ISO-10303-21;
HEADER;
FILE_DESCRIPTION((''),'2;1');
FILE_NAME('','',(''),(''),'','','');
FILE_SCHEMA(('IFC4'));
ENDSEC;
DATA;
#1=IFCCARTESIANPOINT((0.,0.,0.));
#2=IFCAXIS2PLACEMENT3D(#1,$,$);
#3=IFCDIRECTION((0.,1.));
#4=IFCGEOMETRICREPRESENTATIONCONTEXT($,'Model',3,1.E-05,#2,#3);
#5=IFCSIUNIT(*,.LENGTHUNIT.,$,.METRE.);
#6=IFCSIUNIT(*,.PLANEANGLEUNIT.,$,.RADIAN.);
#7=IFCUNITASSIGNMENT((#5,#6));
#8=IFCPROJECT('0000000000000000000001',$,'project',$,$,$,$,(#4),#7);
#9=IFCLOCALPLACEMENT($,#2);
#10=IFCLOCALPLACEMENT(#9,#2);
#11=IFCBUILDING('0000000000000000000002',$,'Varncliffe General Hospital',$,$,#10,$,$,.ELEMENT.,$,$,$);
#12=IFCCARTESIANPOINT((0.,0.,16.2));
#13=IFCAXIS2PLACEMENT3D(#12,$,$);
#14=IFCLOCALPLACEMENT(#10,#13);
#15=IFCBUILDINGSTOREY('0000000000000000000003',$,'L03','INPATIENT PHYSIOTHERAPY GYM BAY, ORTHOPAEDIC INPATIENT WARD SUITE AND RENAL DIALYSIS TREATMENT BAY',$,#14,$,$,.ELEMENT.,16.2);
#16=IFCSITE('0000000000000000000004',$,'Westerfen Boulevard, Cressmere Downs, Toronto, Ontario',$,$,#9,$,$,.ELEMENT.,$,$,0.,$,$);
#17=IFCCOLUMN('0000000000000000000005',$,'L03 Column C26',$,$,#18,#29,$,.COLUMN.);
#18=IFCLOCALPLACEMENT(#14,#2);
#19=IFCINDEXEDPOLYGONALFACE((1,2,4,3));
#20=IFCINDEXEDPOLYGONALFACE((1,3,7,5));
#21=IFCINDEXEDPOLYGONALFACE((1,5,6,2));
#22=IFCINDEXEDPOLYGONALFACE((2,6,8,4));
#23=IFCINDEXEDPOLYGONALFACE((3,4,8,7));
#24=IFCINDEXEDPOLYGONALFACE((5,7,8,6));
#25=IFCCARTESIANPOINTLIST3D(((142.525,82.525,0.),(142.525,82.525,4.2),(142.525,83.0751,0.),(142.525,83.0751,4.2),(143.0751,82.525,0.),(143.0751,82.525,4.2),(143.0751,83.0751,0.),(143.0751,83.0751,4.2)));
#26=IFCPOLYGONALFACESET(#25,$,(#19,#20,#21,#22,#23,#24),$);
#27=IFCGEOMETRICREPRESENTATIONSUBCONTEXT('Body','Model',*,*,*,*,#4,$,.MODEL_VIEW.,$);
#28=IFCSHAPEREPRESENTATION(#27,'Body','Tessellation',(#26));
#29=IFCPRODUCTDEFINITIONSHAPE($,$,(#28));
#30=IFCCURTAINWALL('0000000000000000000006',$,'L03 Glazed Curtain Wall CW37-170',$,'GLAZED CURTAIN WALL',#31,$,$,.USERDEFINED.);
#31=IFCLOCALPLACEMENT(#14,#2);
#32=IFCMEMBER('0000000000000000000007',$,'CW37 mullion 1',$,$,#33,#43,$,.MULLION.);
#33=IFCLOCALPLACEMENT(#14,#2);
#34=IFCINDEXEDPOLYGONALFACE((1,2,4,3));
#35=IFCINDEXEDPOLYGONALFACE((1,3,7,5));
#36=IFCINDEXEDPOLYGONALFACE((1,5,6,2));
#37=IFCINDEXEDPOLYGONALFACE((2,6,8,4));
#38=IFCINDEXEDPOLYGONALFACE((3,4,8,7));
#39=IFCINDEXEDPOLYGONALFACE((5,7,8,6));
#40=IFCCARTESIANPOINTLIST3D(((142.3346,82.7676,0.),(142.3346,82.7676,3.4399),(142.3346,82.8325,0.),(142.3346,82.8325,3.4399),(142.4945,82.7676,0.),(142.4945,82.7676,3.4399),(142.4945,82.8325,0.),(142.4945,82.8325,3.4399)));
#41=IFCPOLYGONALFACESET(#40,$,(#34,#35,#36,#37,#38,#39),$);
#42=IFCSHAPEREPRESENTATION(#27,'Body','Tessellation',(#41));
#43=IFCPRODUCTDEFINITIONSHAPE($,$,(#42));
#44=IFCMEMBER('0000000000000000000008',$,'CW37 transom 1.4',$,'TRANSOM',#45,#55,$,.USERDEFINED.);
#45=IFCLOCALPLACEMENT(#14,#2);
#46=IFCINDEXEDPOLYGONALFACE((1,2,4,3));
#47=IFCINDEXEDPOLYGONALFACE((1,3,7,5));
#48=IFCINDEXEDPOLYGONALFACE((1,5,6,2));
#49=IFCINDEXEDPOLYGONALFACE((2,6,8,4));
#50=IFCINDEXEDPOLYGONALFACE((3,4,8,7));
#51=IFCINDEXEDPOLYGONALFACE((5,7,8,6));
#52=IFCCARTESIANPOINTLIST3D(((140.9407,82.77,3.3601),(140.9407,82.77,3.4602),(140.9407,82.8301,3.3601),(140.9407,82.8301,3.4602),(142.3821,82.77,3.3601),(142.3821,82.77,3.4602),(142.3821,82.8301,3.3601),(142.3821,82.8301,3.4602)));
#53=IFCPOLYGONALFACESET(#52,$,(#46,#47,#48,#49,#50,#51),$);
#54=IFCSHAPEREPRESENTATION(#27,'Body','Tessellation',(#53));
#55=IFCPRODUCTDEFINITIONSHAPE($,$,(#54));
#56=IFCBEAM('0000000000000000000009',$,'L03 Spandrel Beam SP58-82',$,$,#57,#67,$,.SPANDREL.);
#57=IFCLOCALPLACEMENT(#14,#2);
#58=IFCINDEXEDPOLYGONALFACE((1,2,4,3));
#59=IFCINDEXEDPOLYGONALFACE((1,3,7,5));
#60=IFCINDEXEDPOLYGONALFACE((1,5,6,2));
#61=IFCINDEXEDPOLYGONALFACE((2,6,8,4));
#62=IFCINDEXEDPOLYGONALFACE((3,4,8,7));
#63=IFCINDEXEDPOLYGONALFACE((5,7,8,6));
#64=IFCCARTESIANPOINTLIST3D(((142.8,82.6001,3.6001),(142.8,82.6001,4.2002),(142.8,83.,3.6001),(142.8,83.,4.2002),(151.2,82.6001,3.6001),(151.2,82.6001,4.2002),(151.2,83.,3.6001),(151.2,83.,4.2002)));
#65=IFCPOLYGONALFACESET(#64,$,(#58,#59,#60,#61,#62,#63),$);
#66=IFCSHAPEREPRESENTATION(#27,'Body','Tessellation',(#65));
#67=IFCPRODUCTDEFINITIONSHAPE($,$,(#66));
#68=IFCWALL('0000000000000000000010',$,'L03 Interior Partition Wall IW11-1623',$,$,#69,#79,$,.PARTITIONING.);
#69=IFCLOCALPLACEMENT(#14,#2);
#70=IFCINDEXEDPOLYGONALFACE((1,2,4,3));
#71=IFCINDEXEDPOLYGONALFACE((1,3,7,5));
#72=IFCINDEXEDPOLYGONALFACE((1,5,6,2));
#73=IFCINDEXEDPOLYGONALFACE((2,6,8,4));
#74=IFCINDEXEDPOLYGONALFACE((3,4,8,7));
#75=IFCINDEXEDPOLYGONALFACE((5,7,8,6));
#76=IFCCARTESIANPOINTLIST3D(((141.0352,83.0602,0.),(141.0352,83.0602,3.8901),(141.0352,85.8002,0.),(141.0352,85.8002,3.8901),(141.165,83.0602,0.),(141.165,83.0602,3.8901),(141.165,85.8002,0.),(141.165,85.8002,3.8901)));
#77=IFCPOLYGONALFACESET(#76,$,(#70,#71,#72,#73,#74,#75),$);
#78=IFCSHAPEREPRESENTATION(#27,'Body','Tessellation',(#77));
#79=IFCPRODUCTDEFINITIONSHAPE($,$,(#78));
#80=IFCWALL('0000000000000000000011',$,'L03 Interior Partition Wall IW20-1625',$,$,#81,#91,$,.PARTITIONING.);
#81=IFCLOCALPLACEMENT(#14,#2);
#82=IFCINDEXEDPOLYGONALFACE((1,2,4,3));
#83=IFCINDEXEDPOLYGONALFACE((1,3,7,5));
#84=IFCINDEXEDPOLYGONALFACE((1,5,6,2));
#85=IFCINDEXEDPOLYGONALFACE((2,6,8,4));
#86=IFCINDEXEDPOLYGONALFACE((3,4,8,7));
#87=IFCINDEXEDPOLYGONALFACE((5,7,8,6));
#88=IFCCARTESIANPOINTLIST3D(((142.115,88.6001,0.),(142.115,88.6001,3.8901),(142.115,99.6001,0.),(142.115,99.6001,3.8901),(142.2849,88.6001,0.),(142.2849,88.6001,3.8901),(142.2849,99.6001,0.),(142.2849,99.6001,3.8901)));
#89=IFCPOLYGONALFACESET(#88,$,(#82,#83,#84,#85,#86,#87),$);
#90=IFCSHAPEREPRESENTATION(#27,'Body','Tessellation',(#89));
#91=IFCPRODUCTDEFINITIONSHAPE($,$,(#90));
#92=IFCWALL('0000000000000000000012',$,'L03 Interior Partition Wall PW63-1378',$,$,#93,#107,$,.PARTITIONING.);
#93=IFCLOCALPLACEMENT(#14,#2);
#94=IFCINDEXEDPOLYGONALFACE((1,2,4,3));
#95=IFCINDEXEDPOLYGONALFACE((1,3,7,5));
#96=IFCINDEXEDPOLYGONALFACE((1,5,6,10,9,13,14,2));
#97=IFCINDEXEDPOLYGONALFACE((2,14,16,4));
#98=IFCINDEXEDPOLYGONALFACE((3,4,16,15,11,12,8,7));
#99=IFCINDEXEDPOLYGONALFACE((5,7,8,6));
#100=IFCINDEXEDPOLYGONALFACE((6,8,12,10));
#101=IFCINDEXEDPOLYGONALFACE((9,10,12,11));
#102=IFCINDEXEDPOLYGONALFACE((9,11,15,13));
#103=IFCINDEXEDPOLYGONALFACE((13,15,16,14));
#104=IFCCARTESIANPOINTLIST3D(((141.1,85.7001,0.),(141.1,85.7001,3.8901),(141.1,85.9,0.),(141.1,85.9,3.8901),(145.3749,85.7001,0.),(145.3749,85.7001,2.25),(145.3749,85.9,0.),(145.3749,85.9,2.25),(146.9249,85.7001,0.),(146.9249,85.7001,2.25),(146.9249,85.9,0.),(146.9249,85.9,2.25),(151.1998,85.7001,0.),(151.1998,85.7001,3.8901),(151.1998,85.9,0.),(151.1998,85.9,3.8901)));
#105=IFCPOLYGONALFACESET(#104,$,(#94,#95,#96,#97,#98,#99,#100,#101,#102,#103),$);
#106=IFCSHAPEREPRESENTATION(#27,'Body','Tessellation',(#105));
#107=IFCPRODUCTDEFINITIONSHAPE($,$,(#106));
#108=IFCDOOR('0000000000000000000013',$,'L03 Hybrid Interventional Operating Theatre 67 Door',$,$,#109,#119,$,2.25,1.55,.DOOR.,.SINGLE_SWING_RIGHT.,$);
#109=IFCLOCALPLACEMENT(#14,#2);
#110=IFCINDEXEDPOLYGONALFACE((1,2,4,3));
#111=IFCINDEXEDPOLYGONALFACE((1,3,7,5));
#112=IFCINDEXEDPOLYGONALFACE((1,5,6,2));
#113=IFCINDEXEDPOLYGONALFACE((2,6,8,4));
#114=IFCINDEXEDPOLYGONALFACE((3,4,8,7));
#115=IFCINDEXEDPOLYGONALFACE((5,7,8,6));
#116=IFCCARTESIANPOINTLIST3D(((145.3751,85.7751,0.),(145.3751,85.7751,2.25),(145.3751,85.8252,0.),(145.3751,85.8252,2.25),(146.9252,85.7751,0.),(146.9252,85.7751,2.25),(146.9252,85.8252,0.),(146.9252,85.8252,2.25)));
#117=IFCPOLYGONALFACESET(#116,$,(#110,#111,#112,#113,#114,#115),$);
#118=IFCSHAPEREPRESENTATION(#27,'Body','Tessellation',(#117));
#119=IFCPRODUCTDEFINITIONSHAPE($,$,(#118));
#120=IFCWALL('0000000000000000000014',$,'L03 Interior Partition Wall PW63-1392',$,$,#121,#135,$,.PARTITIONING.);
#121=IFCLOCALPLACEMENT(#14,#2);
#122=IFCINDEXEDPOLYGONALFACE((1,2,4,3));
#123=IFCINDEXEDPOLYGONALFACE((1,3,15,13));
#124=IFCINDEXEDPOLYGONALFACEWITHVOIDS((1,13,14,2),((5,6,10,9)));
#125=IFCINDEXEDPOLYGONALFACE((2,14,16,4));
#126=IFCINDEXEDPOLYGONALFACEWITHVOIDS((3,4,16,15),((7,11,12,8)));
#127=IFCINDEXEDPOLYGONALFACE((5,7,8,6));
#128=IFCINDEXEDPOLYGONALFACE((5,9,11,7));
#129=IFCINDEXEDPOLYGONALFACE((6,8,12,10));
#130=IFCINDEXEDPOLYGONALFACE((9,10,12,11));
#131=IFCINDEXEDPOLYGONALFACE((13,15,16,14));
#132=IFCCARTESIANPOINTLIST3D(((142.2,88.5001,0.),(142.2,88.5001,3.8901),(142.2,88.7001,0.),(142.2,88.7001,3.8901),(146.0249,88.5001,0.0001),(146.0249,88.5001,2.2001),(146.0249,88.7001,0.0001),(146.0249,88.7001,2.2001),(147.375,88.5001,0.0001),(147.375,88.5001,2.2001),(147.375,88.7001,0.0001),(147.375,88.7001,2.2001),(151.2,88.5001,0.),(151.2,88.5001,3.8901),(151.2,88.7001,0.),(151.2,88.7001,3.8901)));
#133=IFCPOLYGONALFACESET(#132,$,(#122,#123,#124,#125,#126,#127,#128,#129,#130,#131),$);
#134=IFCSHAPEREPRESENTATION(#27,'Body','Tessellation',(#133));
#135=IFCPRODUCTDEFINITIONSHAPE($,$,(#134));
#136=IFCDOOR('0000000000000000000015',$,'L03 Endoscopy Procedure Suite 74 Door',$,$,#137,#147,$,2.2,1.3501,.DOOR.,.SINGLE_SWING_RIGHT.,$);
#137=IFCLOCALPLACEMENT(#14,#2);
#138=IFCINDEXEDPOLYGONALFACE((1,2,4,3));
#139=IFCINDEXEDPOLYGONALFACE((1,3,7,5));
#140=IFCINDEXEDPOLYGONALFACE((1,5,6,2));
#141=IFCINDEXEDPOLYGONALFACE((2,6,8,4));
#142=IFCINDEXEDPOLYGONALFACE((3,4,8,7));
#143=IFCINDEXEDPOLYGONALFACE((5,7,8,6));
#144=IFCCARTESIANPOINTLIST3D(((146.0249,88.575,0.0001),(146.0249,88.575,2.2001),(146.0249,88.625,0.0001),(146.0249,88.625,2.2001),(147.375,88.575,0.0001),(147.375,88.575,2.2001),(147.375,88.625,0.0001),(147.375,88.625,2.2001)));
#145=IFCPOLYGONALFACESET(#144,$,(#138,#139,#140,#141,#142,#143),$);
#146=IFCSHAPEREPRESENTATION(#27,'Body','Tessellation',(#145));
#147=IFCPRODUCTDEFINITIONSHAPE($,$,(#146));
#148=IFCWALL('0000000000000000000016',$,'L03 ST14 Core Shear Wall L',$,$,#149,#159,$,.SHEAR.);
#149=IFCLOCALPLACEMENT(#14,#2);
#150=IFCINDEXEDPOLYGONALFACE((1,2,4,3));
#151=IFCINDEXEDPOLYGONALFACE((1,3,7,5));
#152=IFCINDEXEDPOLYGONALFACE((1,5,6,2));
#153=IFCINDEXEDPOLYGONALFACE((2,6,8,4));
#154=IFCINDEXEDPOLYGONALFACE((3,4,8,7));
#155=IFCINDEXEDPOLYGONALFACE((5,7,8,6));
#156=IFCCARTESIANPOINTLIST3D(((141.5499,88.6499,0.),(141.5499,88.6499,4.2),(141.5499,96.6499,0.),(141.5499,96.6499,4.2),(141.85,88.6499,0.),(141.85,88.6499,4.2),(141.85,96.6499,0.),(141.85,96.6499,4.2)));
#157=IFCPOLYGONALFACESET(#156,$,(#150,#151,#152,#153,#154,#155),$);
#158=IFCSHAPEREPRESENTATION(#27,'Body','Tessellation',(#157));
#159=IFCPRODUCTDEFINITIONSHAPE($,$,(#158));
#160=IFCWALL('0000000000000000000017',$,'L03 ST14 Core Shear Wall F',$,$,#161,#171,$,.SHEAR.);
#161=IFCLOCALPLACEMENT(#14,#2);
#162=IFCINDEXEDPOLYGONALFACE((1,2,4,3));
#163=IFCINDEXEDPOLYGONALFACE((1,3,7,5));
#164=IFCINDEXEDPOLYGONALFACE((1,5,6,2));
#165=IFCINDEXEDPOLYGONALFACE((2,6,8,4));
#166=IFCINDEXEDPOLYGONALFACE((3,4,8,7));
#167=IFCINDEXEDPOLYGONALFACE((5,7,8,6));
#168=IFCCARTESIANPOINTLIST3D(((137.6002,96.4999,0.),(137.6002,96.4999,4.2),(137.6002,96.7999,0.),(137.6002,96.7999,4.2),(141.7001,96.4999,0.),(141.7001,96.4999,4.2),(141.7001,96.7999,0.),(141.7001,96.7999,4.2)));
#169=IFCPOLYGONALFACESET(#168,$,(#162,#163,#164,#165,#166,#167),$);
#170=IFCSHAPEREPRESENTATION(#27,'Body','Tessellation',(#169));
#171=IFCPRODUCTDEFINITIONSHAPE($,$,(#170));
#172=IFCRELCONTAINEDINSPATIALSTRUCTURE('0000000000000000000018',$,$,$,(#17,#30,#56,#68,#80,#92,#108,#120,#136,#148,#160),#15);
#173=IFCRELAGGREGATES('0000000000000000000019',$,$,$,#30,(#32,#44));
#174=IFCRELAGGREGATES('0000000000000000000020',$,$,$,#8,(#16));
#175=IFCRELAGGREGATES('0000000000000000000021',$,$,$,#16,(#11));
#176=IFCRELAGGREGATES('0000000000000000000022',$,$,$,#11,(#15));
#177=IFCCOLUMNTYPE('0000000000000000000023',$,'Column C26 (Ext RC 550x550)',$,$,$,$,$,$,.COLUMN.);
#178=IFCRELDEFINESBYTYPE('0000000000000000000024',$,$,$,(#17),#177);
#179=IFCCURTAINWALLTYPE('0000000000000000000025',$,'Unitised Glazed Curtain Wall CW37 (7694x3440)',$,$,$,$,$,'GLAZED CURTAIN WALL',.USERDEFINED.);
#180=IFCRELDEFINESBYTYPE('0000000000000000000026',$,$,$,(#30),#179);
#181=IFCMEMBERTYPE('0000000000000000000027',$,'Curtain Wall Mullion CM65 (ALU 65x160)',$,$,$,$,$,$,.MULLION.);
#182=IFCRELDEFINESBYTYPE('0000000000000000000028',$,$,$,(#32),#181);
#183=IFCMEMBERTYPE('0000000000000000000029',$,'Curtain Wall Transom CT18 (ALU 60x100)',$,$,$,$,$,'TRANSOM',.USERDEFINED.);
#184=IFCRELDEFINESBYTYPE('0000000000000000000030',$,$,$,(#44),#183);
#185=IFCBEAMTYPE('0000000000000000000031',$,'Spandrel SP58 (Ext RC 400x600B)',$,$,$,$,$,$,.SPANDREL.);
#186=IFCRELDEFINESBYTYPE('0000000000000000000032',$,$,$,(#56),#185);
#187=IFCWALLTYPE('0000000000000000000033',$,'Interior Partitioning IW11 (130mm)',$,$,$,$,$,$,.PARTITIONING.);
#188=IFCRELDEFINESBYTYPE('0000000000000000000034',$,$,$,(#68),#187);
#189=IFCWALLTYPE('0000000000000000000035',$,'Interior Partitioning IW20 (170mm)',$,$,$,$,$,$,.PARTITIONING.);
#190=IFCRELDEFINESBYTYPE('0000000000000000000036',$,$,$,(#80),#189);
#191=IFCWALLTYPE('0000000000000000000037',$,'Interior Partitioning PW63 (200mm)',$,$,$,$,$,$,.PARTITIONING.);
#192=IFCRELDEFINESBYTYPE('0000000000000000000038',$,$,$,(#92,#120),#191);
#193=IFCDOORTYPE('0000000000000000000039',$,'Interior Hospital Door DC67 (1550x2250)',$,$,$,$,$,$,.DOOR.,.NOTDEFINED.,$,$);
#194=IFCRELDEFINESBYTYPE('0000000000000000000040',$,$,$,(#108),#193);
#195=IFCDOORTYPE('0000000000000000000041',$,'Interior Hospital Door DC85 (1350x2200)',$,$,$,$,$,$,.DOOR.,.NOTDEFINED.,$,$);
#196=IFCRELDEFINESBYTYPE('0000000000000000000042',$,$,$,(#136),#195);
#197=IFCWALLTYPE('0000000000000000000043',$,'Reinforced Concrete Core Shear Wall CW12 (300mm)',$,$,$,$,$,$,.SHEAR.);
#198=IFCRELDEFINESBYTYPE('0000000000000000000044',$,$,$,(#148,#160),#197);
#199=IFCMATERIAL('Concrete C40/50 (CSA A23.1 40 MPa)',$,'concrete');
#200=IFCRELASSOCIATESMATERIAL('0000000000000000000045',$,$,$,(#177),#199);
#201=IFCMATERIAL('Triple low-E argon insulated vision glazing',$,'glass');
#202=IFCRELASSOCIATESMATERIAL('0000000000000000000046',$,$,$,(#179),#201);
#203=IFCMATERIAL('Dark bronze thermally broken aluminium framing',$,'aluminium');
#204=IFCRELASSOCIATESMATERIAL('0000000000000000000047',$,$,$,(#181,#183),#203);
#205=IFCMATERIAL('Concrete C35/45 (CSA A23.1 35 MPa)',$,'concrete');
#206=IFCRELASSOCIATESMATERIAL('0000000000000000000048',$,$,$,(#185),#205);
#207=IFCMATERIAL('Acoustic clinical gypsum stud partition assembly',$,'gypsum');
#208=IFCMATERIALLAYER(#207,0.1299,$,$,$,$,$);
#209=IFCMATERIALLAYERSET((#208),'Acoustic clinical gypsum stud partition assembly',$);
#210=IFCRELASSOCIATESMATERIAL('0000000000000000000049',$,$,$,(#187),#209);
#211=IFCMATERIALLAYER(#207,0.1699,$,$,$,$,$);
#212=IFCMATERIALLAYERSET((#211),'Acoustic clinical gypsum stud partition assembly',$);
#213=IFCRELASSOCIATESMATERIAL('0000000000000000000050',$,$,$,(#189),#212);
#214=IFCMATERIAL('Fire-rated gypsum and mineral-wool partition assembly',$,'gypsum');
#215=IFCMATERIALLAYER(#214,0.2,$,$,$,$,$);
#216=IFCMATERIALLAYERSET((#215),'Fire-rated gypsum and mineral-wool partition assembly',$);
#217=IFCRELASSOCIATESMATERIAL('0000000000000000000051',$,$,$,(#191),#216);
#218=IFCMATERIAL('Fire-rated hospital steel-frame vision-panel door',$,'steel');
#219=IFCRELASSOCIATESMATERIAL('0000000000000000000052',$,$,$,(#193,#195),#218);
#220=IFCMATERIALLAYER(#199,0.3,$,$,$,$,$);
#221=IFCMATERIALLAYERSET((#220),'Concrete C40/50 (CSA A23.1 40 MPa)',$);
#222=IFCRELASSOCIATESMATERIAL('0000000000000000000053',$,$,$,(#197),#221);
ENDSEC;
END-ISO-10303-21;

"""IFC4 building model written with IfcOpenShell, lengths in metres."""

from ifc_helpers import new_model, si_unit, direction, frame, frame_2d, origin, origin_2d, place, context, subcontext, project, spatial, rectangle, extrude, material, layer, layer_set, material_profile, profile_set, type_object, element, fill, aggregate, save


model = new_model("IFC4")

# Units and contexts
model_context = context("Model", 3, precision=1e-05, world=origin(), true_north=direction((0.0, 1.0)))
body_context = subcontext(model_context, "Body", "Model", "MODEL_VIEW")
ifc_project = project(units=[si_unit("LENGTHUNIT", "METRE"), si_unit("PLANEANGLEUNIT", "RADIAN")], contexts=[model_context])

# Site, building, storey
site_placement = place(None, origin())
site = spatial("IfcSite", under=ifc_project, at=site_placement, Name="Westerfen Boulevard, Cressmere Downs, Toronto, Ontario", CompositionType="ELEMENT", RefElevation=0.0)
building_placement = place(site_placement, origin())
building = spatial("IfcBuilding", under=site, at=building_placement, Name="Varncliffe General Hospital", CompositionType="ELEMENT")
storey_placement = place(building_placement, frame((0.0, 0.0, 16.2)))
storey = spatial("IfcBuildingStorey", under=building, at=storey_placement, Name="L03", Description="INPATIENT PHYSIOTHERAPY GYM BAY, ORTHOPAEDIC INPATIENT WARD SUITE AND RENAL DIALYSIS TREATMENT BAY", CompositionType="ELEMENT", Elevation=16.2)

# Column
ifc_material_1 = material(Name="Concrete C40/50 (CSA A23.1 40 MPa)", Category="concrete")
ifc_material_profile_1 = material_profile(ifc_material_1, rectangle(XDim=0.55, YDim=0.55, at=origin_2d()), Name="RC 550x550")
ifc_profile_set_1 = profile_set([ifc_material_profile_1], Name="Concrete C40/50 (CSA A23.1 40 MPa)")
column_type = type_object("IfcColumnType", Name="Column C26 (Ext RC 550x550)", PredefinedType="COLUMN", material=ifc_profile_set_1)
column_placement = place(storey_placement, frame((142.8, 82.8, 0.0), z_axis=(0.0, 0.0, 1.0), x_axis=(1.0, 0.0, 0.0)))
element("IfcColumn", 1, at=column_placement, inside=storey, type_object=column_type, Name="L03 Column C26", PredefinedType="COLUMN", context=body_context, shape_type="SweptSolid", body=[
    extrude(rectangle(XDim=0.55, YDim=0.55, at=origin_2d()), origin(), (0.0, 0.0, 1.0), 4.2),
])

# Curtain wall, members
ifc_material_2 = material(Name="Triple low-E argon insulated vision glazing", Category="glass")
curtain_wall_type = type_object("IfcCurtainWallType", Name="Unitised Glazed Curtain Wall CW37 (7694x3440)", ElementType="GLAZED CURTAIN WALL", PredefinedType="USERDEFINED", material=ifc_material_2)
curtain_wall_placement = place(storey_placement, origin())
curtain_wall = element("IfcCurtainWall", 2, at=curtain_wall_placement, inside=storey, type_object=curtain_wall_type, Name="L03 Glazed Curtain Wall CW37-170", ObjectType="GLAZED CURTAIN WALL", PredefinedType="USERDEFINED")
ifc_material_3 = material(Name="Dark bronze thermally broken aluminium framing", Category="aluminium")
ifc_material_profile_2 = material_profile(ifc_material_3, rectangle(XDim=0.0649, YDim=0.1599, at=origin_2d()), Name="ALU 65x160")
ifc_profile_set_2 = profile_set([ifc_material_profile_2], Name="Dark bronze thermally broken aluminium framing")
member_type_1 = type_object("IfcMemberType", Name="Curtain Wall Mullion CM65 (ALU 65x160)", PredefinedType="MULLION", material=ifc_profile_set_2)
member_1_placement = place(storey_placement, frame((142.4146, 82.8, 0.0), z_axis=(0.0, 0.0, 1.0), x_axis=(0.0, -1.0, 0.0)))
member_1 = element("IfcMember", 3, at=member_1_placement, type_object=member_type_1, Name="CW37 mullion 1", PredefinedType="MULLION", context=body_context, shape_type="SweptSolid", body=[
    extrude(rectangle(XDim=0.0649, YDim=0.1599, at=origin_2d()), origin(), (0.0, 0.0, 1.0), 3.4399),
])
ifc_material_profile_3 = material_profile(ifc_material_3, rectangle(XDim=0.0601, YDim=0.1001, at=origin_2d()), Name="ALU 60x100")
ifc_profile_set_3 = profile_set([ifc_material_profile_3], Name="Dark bronze thermally broken aluminium framing")
member_type_2 = type_object("IfcMemberType", Name="Curtain Wall Transom CT18 (ALU 60x100)", ElementType="TRANSOM", PredefinedType="USERDEFINED", material=ifc_profile_set_3)
member_2_placement = place(storey_placement, frame((142.3821, 82.8, 3.4102), z_axis=(-1.0, 0.0, 0.0), x_axis=(0.0, -1.0, 0.0)))
member_2 = element("IfcMember", 4, at=member_2_placement, type_object=member_type_2, Name="CW37 transom 1.4", ObjectType="TRANSOM", PredefinedType="USERDEFINED", context=body_context, shape_type="SweptSolid", body=[
    extrude(rectangle(XDim=0.0601, YDim=0.1001, at=origin_2d()), origin(), (0.0, 0.0, 1.0), 1.4414),
])
aggregate(curtain_wall, [member_1, member_2])

# Beam
ifc_material_4 = material(Name="Concrete C35/45 (CSA A23.1 35 MPa)", Category="concrete")
ifc_material_profile_4 = material_profile(ifc_material_4, rectangle(XDim=0.3999, YDim=0.6001, at=origin_2d()), Name="RC 400x600")
ifc_profile_set_4 = profile_set([ifc_material_profile_4], Name="Concrete C35/45 (CSA A23.1 35 MPa)")
beam_type = type_object("IfcBeamType", Name="Spandrel SP58 (Ext RC 400x600B)", PredefinedType="SPANDREL", material=ifc_profile_set_4)
beam_placement = place(storey_placement, frame((142.8, 82.8, 3.9001), z_axis=(1.0, 0.0, 0.0), x_axis=(0.0, 1.0, 0.0)))
element("IfcBeam", 5, at=beam_placement, inside=storey, type_object=beam_type, Name="L03 Spandrel Beam SP58-82", PredefinedType="SPANDREL", context=body_context, shape_type="SweptSolid", body=[
    extrude(rectangle(XDim=0.3999, YDim=0.6001, at=origin_2d()), origin(), (0.0, 0.0, 1.0), 8.3999),
])

# Walls
ifc_material_5 = material(Name="Acoustic clinical gypsum stud partition assembly", Category="gypsum")
ifc_layer_1 = layer(ifc_material_5, 0.1299)
ifc_layer_set_1 = layer_set([ifc_layer_1], Name="Acoustic clinical gypsum stud partition assembly")
wall_type_1 = type_object("IfcWallType", Name="Interior Partitioning IW11 (130mm)", PredefinedType="PARTITIONING", material=ifc_layer_set_1)
wall_1_placement = place(storey_placement, frame((141.1001, 83.0601, 0.0), z_axis=(0.0, 0.0, 1.0), x_axis=(0.0, 1.0, 0.0)))
element("IfcWall", 6, at=wall_1_placement, inside=storey, type_object=wall_type_1, Name="L03 Interior Partition Wall IW11-1623", PredefinedType="PARTITIONING", context=body_context, shape_type="SweptSolid", body=[
    extrude(rectangle(XDim=2.74, YDim=0.1299, at=frame_2d((1.3701, 0.0))), origin(), (0.0, 0.0, 1.0), 3.8901),
])
ifc_layer_2 = layer(ifc_material_5, 0.1699)
ifc_layer_set_2 = layer_set([ifc_layer_2], Name="Acoustic clinical gypsum stud partition assembly")
wall_type_2 = type_object("IfcWallType", Name="Interior Partitioning IW20 (170mm)", PredefinedType="PARTITIONING", material=ifc_layer_set_2)
wall_2_placement = place(storey_placement, frame((142.2, 88.6001, 0.0), z_axis=(0.0, 0.0, 1.0), x_axis=(0.0, 1.0, 0.0)))
element("IfcWall", 7, at=wall_2_placement, inside=storey, type_object=wall_type_2, Name="L03 Interior Partition Wall IW20-1625", PredefinedType="PARTITIONING", context=body_context, shape_type="SweptSolid", body=[
    extrude(rectangle(XDim=11.0, YDim=0.1699, at=frame_2d((5.5, 0.0))), origin(), (0.0, 0.0, 1.0), 3.8901),
])

# Walls, openings, doors
ifc_material_6 = material(Name="Fire-rated gypsum and mineral-wool partition assembly", Category="gypsum")
ifc_layer_3 = layer(ifc_material_6, 0.2)
ifc_layer_set_3 = layer_set([ifc_layer_3], Name="Fire-rated gypsum and mineral-wool partition assembly")
wall_type_3 = type_object("IfcWallType", Name="Interior Partitioning PW63 (200mm)", PredefinedType="PARTITIONING", material=ifc_layer_set_3)
wall_3_placement = place(storey_placement, frame((141.1001, 85.8, 0.0), z_axis=(0.0, 0.0, 1.0), x_axis=(1.0, 0.0, 0.0)))
wall_3 = element("IfcWall", 8, at=wall_3_placement, inside=storey, type_object=wall_type_3, Name="L03 Interior Partition Wall PW63-1378", PredefinedType="PARTITIONING", context=body_context, shape_type="SweptSolid", body=[
    extrude(rectangle(XDim=10.0999, YDim=0.2, at=frame_2d((5.0498, 0.0))), origin(), (0.0, 0.0, 1.0), 3.8901),
])
opening_1_placement = place(wall_3_placement, frame((4.2749, 0.0, 0.0)))
opening_1 = element("IfcOpeningElement", 9, at=opening_1_placement, cuts=wall_3, PredefinedType="OPENING", context=body_context, shape_type="SweptSolid", body=[
    extrude(rectangle(XDim=1.55, YDim=2.25, at=frame_2d((0.7749, 1.125))), frame((0.0, 0.1099, 0.0), z_axis=(0.0, -1.0, 0.0), x_axis=(1.0, 0.0, 0.0)), (0.0, 0.0, 1.0), 0.22),
])
ifc_material_7 = material(Name="Fire-rated hospital steel-frame vision-panel door", Category="steel")
door_type_1 = type_object("IfcDoorType", Name="Interior Hospital Door DC67 (1550x2250)", OperationType="NOTDEFINED", PredefinedType="DOOR", material=ifc_material_7)
door_1_placement = place(opening_1_placement, frame((1.55, 0.0, 0.0), z_axis=(0.0, 0.0, 1.0), x_axis=(-1.0, 0.0, 0.0)))
door_1 = element("IfcDoor", 10, at=door_1_placement, inside=storey, type_object=door_type_1, Name="L03 Hybrid Interventional Operating Theatre 67 Door", OperationType="SINGLE_SWING_RIGHT", OverallHeight=2.25, OverallWidth=1.55, PredefinedType="DOOR", context=body_context, shape_type="SweptSolid", body=[
    extrude(rectangle(XDim=1.55, YDim=2.25, at=frame_2d((0.7749, 1.125))), frame((0.0, 0.0249, 0.0), z_axis=(0.0, -1.0, 0.0), x_axis=(1.0, 0.0, 0.0)), (0.0, 0.0, 1.0), 0.05),
])
fill(opening_1, door_1)
wall_4_placement = place(storey_placement, frame((142.2, 88.6001, 0.0), z_axis=(0.0, 0.0, 1.0), x_axis=(1.0, 0.0, 0.0)))
wall_4 = element("IfcWall", 11, at=wall_4_placement, inside=storey, type_object=wall_type_3, Name="L03 Interior Partition Wall PW63-1392", PredefinedType="PARTITIONING", context=body_context, shape_type="SweptSolid", body=[
    extrude(rectangle(XDim=9.0, YDim=0.2, at=frame_2d((4.5, 0.0))), origin(), (0.0, 0.0, 1.0), 3.8901),
])
opening_2_placement = place(wall_4_placement, frame((3.825, 0.0, 0.0)))
opening_2 = element("IfcOpeningElement", 12, at=opening_2_placement, cuts=wall_4, PredefinedType="OPENING", context=body_context, shape_type="SweptSolid", body=[
    extrude(rectangle(XDim=1.3501, YDim=2.2, at=frame_2d((0.675, 1.1001))), frame((0.0, 0.1099, 0.0), z_axis=(0.0, -1.0, 0.0), x_axis=(1.0, 0.0, 0.0)), (0.0, 0.0, 1.0), 0.22),
])
door_type_2 = type_object("IfcDoorType", Name="Interior Hospital Door DC85 (1350x2200)", OperationType="NOTDEFINED", PredefinedType="DOOR", material=ifc_material_7)
door_2_placement = place(opening_2_placement, origin())
door_2 = element("IfcDoor", 13, at=door_2_placement, inside=storey, type_object=door_type_2, Name="L03 Endoscopy Procedure Suite 74 Door", OperationType="SINGLE_SWING_RIGHT", OverallHeight=2.2, OverallWidth=1.3501, PredefinedType="DOOR", context=body_context, shape_type="SweptSolid", body=[
    extrude(rectangle(XDim=1.3501, YDim=2.2, at=frame_2d((0.675, 1.1001))), frame((0.0, 0.0249, 0.0), z_axis=(0.0, -1.0, 0.0), x_axis=(1.0, 0.0, 0.0)), (0.0, 0.0, 1.0), 0.05),
])
fill(opening_2, door_2)

# Walls
ifc_layer_4 = layer(ifc_material_1, 0.3)
ifc_layer_set_4 = layer_set([ifc_layer_4], Name="Concrete C40/50 (CSA A23.1 40 MPa)")
wall_type_4 = type_object("IfcWallType", Name="Reinforced Concrete Core Shear Wall CW12 (300mm)", PredefinedType="SHEAR", material=ifc_layer_set_4)
wall_5_placement = place(storey_placement, frame((141.7, 88.6499, 0.0), z_axis=(0.0, 0.0, 1.0), x_axis=(0.0, 1.0, 0.0)))
element("IfcWall", 14, at=wall_5_placement, inside=storey, type_object=wall_type_4, Name="L03 ST14 Core Shear Wall L", PredefinedType="SHEAR", context=body_context, shape_type="SweptSolid", body=[
    extrude(rectangle(XDim=8.0, YDim=0.3, at=frame_2d((4.0, 0.0))), origin(), (0.0, 0.0, 1.0), 4.2),
])
wall_6_placement = place(storey_placement, frame((141.7, 96.6499, 0.0), z_axis=(0.0, 0.0, 1.0), x_axis=(-1.0, 0.0, 0.0)))
element("IfcWall", 15, at=wall_6_placement, inside=storey, type_object=wall_type_4, Name="L03 ST14 Core Shear Wall F", PredefinedType="SHEAR", context=body_context, shape_type="SweptSolid", body=[
    extrude(rectangle(XDim=4.0999, YDim=0.3, at=frame_2d((2.0498, 0.0))), origin(), (0.0, 0.0, 1.0), 4.2),
])

save(model, "model.ifc")
